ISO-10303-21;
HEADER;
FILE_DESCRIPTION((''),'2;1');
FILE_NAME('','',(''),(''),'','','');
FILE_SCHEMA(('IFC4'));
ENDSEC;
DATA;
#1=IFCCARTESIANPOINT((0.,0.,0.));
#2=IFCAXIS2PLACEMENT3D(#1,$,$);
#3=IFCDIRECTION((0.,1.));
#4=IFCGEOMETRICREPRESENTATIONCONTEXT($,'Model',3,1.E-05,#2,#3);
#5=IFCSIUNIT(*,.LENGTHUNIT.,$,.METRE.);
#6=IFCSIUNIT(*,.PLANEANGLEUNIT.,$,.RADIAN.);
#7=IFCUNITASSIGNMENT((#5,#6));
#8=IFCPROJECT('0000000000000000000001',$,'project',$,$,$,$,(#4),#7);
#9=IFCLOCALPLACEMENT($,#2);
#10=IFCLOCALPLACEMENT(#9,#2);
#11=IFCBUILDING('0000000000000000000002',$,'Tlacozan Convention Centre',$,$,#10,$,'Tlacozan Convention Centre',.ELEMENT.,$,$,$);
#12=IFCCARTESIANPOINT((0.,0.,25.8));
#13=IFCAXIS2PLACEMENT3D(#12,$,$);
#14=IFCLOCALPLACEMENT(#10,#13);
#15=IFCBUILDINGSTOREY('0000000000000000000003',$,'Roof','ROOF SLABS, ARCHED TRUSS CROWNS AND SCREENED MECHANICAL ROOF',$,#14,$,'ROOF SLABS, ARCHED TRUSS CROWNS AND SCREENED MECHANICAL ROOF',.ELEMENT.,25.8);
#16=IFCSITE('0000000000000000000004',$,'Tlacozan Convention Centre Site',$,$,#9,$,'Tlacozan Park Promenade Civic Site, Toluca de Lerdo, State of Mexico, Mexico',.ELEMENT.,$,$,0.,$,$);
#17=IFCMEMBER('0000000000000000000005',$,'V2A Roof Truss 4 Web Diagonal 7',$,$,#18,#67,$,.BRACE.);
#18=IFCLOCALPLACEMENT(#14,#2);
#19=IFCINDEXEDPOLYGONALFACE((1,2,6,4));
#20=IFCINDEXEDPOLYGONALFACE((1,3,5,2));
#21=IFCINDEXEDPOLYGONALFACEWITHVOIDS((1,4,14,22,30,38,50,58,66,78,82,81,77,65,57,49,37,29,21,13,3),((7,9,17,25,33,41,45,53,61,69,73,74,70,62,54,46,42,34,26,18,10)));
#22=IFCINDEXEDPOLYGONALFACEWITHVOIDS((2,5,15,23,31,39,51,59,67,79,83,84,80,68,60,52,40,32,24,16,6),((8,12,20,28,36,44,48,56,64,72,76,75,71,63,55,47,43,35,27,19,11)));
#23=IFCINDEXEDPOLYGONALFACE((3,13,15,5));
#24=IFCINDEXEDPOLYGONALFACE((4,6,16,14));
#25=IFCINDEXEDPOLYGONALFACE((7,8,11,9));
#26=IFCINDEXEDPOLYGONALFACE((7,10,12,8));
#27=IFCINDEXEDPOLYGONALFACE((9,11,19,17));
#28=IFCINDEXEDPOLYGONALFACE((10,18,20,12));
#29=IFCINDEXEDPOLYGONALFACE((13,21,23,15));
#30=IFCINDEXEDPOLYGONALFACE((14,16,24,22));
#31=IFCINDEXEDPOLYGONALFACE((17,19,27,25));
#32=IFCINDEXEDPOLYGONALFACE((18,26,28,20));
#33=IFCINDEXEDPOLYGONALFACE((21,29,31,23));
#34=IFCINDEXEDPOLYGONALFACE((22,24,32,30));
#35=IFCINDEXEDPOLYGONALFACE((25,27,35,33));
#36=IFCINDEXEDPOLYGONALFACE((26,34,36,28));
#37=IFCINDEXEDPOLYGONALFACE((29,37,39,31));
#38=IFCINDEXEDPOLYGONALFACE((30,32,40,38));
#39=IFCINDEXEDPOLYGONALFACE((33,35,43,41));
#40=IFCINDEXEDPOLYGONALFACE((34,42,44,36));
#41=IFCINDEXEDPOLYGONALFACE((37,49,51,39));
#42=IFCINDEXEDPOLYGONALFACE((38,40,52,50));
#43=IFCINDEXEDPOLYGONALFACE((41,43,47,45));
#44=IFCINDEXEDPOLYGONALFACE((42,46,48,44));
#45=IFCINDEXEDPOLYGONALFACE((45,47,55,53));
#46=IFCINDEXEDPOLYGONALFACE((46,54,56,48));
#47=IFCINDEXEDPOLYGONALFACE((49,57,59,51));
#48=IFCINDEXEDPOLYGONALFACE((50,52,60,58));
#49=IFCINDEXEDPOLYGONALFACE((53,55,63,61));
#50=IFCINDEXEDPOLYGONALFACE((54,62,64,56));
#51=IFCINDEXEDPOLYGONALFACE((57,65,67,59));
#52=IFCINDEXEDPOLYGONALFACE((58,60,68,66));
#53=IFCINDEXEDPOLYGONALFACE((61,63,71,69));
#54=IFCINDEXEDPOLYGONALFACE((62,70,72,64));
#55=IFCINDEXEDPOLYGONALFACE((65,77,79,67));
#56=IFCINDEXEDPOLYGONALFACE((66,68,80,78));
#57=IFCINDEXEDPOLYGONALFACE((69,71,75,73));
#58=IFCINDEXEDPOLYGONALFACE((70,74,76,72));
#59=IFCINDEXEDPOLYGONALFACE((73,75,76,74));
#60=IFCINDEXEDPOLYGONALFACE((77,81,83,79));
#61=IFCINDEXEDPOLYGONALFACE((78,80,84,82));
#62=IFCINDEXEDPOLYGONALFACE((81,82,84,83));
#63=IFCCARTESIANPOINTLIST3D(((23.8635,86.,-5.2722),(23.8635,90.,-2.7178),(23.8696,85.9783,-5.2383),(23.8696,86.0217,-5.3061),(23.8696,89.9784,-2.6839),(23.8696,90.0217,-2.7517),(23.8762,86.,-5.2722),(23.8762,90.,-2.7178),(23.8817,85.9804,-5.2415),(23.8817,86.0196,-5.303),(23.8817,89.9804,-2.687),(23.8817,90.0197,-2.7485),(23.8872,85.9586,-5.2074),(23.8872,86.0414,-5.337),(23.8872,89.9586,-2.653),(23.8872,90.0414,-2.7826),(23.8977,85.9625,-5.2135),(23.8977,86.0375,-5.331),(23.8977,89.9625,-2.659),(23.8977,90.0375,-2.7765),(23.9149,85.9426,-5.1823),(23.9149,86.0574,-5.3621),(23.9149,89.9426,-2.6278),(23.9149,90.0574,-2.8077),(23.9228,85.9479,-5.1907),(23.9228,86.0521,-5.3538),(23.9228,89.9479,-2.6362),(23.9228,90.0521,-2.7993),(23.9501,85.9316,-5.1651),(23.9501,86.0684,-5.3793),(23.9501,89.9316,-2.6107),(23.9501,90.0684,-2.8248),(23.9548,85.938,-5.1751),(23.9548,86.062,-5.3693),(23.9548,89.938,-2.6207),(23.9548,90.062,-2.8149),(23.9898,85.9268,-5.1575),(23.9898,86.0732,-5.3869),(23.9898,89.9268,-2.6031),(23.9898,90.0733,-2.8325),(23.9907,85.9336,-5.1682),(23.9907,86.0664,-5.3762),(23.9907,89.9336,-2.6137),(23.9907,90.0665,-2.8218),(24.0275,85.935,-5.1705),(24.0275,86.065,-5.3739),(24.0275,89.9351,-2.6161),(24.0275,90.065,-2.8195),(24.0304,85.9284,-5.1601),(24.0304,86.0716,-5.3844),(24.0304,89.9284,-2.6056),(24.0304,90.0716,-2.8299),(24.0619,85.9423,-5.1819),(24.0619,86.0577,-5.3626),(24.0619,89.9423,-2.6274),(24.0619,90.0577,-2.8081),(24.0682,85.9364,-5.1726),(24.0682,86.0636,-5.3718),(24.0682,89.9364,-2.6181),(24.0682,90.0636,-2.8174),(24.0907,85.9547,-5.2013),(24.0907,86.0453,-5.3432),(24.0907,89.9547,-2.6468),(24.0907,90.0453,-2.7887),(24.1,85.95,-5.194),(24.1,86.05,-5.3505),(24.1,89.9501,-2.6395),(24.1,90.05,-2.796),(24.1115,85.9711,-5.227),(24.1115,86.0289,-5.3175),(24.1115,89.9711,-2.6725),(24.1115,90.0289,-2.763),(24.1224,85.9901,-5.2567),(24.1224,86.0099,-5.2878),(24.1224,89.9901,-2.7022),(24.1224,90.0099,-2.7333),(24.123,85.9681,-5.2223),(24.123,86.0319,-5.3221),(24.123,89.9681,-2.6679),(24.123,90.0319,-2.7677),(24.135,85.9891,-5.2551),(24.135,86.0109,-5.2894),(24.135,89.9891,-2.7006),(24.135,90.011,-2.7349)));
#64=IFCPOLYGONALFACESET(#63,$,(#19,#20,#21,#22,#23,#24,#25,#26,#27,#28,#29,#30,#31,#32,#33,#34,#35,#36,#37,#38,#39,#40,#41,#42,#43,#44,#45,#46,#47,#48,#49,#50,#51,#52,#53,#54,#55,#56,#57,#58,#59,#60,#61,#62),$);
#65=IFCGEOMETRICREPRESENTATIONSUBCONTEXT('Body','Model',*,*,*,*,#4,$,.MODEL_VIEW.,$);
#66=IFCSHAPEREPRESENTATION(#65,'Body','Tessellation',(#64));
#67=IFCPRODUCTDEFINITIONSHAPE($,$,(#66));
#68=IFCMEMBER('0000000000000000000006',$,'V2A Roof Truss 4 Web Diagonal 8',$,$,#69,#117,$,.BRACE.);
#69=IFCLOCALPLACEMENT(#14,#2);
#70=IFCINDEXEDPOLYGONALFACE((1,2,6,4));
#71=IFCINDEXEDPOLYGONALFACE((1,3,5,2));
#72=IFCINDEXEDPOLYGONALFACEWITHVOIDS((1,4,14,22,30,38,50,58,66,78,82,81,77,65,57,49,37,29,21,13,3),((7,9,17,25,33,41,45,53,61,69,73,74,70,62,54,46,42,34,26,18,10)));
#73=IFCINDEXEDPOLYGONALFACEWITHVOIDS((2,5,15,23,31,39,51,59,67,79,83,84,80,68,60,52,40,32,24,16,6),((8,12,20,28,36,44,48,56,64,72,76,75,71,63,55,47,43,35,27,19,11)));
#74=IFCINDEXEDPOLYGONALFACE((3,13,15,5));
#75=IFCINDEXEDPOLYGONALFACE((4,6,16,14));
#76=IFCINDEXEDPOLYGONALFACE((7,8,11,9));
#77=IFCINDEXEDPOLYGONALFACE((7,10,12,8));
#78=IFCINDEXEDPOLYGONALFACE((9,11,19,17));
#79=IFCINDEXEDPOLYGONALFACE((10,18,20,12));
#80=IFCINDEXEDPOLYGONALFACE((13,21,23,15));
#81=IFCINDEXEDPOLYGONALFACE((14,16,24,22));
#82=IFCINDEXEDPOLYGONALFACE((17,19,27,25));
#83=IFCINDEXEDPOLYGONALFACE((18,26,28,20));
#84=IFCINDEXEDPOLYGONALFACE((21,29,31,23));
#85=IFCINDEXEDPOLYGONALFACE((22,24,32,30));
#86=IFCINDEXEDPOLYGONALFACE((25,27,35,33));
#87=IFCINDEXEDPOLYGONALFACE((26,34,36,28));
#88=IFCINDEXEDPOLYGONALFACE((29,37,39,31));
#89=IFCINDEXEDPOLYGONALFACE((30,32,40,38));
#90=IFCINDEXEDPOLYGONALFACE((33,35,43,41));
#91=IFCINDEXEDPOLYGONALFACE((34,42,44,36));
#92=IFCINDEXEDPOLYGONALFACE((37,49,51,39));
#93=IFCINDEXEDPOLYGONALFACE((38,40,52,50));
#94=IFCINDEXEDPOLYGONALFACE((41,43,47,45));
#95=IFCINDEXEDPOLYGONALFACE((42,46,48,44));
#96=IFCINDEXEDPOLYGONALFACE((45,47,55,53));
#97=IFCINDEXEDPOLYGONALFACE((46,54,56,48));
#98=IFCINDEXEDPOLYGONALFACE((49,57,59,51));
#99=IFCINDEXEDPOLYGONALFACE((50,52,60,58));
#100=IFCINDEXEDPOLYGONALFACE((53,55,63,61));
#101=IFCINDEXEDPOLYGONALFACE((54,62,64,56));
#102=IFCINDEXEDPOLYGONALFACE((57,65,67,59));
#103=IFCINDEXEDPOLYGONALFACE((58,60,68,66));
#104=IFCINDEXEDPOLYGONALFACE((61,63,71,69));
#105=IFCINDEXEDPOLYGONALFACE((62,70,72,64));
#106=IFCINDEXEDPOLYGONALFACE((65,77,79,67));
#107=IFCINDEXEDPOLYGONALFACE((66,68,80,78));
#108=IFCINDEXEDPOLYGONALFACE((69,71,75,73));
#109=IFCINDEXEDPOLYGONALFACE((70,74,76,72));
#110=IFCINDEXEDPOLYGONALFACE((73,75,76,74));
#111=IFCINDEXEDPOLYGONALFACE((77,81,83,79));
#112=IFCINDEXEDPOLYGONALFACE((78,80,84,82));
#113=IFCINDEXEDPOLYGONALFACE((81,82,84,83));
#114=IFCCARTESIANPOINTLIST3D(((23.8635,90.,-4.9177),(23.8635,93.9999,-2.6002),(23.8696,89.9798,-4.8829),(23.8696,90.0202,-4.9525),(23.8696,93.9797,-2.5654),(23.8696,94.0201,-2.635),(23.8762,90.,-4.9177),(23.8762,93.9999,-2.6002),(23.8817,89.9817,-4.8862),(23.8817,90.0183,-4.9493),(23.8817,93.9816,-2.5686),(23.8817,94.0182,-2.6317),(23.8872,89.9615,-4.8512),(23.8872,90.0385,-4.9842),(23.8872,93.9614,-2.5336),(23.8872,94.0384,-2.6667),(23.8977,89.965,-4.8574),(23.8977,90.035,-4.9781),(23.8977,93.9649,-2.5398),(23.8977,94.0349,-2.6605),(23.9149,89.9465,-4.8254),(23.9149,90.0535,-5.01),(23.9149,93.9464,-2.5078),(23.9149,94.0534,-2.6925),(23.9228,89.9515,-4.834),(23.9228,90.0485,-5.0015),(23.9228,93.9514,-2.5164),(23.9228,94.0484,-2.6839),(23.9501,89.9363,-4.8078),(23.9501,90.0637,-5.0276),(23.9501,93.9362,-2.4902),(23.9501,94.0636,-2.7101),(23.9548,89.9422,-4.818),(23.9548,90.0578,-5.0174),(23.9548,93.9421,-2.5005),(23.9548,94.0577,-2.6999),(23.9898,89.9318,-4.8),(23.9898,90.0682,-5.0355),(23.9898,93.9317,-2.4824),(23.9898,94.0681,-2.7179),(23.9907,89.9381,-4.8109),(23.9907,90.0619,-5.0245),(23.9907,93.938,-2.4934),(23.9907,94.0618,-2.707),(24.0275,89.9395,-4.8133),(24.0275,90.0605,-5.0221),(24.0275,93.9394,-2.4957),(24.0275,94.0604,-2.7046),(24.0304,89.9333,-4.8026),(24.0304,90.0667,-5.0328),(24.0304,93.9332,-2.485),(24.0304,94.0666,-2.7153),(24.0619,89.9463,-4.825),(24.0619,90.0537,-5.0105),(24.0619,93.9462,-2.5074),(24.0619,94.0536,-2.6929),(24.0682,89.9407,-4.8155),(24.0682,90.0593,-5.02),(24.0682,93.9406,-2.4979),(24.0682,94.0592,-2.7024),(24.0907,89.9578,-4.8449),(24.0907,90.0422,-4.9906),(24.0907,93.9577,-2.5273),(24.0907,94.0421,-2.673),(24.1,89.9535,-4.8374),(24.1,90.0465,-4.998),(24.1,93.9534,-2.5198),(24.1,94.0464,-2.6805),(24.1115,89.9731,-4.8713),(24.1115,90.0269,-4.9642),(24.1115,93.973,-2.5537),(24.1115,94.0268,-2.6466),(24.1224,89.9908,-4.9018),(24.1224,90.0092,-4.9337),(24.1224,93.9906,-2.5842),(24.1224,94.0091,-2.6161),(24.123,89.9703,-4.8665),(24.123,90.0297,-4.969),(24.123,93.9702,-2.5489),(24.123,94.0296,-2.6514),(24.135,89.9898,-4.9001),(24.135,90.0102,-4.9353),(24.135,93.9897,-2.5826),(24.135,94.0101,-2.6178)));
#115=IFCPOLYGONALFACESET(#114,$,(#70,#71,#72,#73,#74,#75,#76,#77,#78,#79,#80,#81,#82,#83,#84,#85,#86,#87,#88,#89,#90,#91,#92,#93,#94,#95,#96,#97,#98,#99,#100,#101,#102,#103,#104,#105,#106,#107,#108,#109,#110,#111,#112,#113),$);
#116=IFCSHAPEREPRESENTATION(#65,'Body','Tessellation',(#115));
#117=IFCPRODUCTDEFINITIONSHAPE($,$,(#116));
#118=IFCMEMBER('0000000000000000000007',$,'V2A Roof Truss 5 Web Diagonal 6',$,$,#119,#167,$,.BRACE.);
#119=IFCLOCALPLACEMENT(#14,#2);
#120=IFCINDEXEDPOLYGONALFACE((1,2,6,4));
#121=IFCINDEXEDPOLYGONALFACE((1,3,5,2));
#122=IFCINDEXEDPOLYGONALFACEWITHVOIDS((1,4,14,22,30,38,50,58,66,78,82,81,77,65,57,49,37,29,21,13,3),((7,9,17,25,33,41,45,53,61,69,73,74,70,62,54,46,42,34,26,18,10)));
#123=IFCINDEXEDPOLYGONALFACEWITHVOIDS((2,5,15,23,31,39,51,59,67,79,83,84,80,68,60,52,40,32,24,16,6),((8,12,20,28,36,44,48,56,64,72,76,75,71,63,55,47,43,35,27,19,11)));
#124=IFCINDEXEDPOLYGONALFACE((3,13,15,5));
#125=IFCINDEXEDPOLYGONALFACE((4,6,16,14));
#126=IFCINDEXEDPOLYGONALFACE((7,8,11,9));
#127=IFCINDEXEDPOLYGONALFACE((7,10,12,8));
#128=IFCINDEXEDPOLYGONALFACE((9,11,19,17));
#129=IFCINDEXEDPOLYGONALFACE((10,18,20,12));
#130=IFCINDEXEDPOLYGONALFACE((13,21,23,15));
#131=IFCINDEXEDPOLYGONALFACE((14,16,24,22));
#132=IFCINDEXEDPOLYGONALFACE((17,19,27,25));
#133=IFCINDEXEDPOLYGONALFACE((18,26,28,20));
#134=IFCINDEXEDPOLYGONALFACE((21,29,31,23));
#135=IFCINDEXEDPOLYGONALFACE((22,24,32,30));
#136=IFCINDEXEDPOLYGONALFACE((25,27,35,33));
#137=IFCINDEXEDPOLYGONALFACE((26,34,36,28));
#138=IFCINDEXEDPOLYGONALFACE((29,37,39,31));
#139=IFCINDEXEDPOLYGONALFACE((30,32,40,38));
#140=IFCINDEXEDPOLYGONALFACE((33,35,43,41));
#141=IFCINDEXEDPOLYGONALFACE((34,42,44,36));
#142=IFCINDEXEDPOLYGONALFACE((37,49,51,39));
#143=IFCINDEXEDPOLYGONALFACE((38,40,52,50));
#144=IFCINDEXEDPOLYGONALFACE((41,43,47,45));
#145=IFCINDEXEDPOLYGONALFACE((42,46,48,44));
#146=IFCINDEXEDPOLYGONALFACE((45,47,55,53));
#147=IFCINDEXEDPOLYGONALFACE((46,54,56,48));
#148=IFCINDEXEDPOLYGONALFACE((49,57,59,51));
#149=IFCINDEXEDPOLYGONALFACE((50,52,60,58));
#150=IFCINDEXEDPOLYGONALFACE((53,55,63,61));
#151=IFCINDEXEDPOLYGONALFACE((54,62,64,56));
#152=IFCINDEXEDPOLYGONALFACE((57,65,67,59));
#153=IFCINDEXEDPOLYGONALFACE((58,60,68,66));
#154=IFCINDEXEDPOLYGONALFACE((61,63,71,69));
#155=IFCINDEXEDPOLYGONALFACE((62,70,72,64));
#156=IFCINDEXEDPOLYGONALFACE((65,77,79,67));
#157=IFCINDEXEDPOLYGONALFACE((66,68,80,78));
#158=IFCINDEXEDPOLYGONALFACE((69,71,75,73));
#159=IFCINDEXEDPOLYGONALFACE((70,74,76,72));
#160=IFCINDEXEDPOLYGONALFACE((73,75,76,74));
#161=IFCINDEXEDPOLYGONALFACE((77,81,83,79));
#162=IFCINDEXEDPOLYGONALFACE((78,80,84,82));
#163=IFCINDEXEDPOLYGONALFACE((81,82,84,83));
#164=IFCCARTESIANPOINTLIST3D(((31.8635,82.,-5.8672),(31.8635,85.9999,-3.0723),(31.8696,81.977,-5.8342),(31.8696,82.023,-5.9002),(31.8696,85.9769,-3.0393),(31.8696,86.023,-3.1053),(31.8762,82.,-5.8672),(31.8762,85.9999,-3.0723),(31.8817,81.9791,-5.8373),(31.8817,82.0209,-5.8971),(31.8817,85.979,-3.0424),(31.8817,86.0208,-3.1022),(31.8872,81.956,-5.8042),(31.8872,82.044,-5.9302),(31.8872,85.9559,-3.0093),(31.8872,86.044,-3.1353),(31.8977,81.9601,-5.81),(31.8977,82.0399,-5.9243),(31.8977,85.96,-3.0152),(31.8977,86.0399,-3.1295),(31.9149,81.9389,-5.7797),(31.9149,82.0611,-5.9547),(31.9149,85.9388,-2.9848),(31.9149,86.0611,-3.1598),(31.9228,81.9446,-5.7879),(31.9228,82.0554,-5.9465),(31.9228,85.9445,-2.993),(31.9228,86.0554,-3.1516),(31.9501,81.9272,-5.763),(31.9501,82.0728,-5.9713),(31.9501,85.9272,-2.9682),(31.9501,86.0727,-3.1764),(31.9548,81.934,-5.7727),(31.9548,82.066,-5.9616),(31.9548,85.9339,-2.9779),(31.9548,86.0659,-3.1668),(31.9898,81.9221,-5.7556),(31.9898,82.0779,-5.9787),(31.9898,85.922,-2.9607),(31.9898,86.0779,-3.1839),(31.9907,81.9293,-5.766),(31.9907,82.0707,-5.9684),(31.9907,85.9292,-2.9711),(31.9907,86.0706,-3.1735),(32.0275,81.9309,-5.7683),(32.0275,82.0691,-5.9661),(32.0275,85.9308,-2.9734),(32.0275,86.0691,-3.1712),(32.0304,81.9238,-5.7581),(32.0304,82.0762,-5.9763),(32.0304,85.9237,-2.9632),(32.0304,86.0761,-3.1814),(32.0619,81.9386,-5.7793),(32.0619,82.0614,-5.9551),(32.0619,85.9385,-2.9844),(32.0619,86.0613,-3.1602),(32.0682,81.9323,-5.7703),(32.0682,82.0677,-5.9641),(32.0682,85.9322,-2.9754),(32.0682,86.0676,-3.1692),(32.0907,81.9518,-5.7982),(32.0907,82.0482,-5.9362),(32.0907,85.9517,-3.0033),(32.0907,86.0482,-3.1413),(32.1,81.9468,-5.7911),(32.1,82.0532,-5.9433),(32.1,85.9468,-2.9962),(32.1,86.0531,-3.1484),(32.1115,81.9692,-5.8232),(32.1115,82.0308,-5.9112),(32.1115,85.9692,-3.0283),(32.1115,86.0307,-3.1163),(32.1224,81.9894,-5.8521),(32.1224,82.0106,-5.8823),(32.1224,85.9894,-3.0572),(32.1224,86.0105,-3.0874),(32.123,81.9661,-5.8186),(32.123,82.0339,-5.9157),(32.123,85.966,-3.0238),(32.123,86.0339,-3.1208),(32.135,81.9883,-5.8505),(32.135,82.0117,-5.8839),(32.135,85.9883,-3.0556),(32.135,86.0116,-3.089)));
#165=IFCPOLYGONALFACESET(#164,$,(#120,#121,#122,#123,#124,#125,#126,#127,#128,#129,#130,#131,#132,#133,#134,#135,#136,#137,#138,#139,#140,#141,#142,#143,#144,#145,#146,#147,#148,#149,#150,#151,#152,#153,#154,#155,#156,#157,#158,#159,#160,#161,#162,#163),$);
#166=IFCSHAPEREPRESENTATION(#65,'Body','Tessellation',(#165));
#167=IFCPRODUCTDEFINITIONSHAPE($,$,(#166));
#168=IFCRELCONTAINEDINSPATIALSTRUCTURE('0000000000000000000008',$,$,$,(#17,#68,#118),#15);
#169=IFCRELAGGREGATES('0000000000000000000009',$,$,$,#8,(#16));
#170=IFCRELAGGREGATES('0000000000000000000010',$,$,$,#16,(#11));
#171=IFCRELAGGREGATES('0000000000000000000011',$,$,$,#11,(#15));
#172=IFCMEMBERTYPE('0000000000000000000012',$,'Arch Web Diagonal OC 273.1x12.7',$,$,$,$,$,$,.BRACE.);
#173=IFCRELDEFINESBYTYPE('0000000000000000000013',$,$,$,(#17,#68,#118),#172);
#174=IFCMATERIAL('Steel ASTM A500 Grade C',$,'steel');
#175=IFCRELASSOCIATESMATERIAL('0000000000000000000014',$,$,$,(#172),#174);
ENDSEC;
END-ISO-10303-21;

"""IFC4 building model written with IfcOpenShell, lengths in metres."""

from ifc_helpers import new_model, si_unit, direction, frame, origin, origin_2d, place, context, subcontext, project, spatial, hollow_circle, extrude, material, material_profile, profile_set, type_object, element, save


model = new_model("IFC4")

# Units and contexts
model_context = context("Model", 3, precision=1e-05, world=origin(), true_north=direction((0.0, 1.0)))
body_context = subcontext(model_context, "Body", "Model", "MODEL_VIEW")
ifc_project = project(units=[si_unit("LENGTHUNIT", "METRE"), si_unit("PLANEANGLEUNIT", "RADIAN")], contexts=[model_context])

# Site, building, storey
site_placement = place(None, origin())
site = spatial("IfcSite", under=ifc_project, at=site_placement, Name="Tlacozan Convention Centre Site", LongName="Tlacozan Park Promenade Civic Site, Toluca de Lerdo, State of Mexico, Mexico", CompositionType="ELEMENT", RefElevation=0.0)
building_placement = place(site_placement, origin())
building = spatial("IfcBuilding", under=site, at=building_placement, Name="Tlacozan Convention Centre", LongName="Tlacozan Convention Centre", CompositionType="ELEMENT")
storey_placement = place(building_placement, frame((0.0, 0.0, 25.8)))
storey = spatial("IfcBuildingStorey", under=building, at=storey_placement, Name="Roof", Description="ROOF SLABS, ARCHED TRUSS CROWNS AND SCREENED MECHANICAL ROOF", LongName="ROOF SLABS, ARCHED TRUSS CROWNS AND SCREENED MECHANICAL ROOF", CompositionType="ELEMENT", Elevation=25.8)

# Members
ifc_material_1 = material(Name="Steel ASTM A500 Grade C", Category="steel")
ifc_material_profile_1 = material_profile(ifc_material_1, hollow_circle(Radius=0.1365, WallThickness=0.0127, at=origin_2d()), Name="OC 273.1x12.7")
ifc_profile_set_1 = profile_set([ifc_material_profile_1], Name="Steel ASTM A500 Grade C")
member_type_1 = type_object("IfcMemberType", Name="Arch Web Diagonal OC 273.1x12.7", PredefinedType="BRACE", material=ifc_profile_set_1)
member_1_placement = place(storey_placement, frame((24.0, 86.0, -5.2722), z_axis=(0.0, 0.842803, 0.538223), x_axis=(-1.0, 0.0, 0.0)))
element("IfcMember", 1, at=member_1_placement, inside=storey, type_object=member_type_1, Name="V2A Roof Truss 4 Web Diagonal 7", PredefinedType="BRACE", context=body_context, shape_type="SweptSolid", body=[
    extrude(hollow_circle(Radius=0.1365, WallThickness=0.0127, at=origin_2d()), origin(), (0.0, 0.0, 1.0), 4.7461),
])
member_2_placement = place(storey_placement, frame((24.0, 90.0, -4.9177), z_axis=(0.0, 0.865254, 0.501334), x_axis=(-1.0, 0.0, 0.0)))
element("IfcMember", 2, at=member_2_placement, inside=storey, type_object=member_type_1, Name="V2A Roof Truss 4 Web Diagonal 8", PredefinedType="BRACE", context=body_context, shape_type="SweptSolid", body=[
    extrude(hollow_circle(Radius=0.1365, WallThickness=0.0127, at=origin_2d()), origin(), (0.0, 0.0, 1.0), 4.6228),
])
member_3_placement = place(storey_placement, frame((32.0, 82.0, -5.8672), z_axis=(0.0, 0.819721, 0.572764), x_axis=(-1.0, 0.0, 0.0)))
element("IfcMember", 3, at=member_3_placement, inside=storey, type_object=member_type_1, Name="V2A Roof Truss 5 Web Diagonal 6", PredefinedType="BRACE", context=body_context, shape_type="SweptSolid", body=[
    extrude(hollow_circle(Radius=0.1365, WallThickness=0.0127, at=origin_2d()), origin(), (0.0, 0.0, 1.0), 4.8796),
])

save(model, "model.ifc")
